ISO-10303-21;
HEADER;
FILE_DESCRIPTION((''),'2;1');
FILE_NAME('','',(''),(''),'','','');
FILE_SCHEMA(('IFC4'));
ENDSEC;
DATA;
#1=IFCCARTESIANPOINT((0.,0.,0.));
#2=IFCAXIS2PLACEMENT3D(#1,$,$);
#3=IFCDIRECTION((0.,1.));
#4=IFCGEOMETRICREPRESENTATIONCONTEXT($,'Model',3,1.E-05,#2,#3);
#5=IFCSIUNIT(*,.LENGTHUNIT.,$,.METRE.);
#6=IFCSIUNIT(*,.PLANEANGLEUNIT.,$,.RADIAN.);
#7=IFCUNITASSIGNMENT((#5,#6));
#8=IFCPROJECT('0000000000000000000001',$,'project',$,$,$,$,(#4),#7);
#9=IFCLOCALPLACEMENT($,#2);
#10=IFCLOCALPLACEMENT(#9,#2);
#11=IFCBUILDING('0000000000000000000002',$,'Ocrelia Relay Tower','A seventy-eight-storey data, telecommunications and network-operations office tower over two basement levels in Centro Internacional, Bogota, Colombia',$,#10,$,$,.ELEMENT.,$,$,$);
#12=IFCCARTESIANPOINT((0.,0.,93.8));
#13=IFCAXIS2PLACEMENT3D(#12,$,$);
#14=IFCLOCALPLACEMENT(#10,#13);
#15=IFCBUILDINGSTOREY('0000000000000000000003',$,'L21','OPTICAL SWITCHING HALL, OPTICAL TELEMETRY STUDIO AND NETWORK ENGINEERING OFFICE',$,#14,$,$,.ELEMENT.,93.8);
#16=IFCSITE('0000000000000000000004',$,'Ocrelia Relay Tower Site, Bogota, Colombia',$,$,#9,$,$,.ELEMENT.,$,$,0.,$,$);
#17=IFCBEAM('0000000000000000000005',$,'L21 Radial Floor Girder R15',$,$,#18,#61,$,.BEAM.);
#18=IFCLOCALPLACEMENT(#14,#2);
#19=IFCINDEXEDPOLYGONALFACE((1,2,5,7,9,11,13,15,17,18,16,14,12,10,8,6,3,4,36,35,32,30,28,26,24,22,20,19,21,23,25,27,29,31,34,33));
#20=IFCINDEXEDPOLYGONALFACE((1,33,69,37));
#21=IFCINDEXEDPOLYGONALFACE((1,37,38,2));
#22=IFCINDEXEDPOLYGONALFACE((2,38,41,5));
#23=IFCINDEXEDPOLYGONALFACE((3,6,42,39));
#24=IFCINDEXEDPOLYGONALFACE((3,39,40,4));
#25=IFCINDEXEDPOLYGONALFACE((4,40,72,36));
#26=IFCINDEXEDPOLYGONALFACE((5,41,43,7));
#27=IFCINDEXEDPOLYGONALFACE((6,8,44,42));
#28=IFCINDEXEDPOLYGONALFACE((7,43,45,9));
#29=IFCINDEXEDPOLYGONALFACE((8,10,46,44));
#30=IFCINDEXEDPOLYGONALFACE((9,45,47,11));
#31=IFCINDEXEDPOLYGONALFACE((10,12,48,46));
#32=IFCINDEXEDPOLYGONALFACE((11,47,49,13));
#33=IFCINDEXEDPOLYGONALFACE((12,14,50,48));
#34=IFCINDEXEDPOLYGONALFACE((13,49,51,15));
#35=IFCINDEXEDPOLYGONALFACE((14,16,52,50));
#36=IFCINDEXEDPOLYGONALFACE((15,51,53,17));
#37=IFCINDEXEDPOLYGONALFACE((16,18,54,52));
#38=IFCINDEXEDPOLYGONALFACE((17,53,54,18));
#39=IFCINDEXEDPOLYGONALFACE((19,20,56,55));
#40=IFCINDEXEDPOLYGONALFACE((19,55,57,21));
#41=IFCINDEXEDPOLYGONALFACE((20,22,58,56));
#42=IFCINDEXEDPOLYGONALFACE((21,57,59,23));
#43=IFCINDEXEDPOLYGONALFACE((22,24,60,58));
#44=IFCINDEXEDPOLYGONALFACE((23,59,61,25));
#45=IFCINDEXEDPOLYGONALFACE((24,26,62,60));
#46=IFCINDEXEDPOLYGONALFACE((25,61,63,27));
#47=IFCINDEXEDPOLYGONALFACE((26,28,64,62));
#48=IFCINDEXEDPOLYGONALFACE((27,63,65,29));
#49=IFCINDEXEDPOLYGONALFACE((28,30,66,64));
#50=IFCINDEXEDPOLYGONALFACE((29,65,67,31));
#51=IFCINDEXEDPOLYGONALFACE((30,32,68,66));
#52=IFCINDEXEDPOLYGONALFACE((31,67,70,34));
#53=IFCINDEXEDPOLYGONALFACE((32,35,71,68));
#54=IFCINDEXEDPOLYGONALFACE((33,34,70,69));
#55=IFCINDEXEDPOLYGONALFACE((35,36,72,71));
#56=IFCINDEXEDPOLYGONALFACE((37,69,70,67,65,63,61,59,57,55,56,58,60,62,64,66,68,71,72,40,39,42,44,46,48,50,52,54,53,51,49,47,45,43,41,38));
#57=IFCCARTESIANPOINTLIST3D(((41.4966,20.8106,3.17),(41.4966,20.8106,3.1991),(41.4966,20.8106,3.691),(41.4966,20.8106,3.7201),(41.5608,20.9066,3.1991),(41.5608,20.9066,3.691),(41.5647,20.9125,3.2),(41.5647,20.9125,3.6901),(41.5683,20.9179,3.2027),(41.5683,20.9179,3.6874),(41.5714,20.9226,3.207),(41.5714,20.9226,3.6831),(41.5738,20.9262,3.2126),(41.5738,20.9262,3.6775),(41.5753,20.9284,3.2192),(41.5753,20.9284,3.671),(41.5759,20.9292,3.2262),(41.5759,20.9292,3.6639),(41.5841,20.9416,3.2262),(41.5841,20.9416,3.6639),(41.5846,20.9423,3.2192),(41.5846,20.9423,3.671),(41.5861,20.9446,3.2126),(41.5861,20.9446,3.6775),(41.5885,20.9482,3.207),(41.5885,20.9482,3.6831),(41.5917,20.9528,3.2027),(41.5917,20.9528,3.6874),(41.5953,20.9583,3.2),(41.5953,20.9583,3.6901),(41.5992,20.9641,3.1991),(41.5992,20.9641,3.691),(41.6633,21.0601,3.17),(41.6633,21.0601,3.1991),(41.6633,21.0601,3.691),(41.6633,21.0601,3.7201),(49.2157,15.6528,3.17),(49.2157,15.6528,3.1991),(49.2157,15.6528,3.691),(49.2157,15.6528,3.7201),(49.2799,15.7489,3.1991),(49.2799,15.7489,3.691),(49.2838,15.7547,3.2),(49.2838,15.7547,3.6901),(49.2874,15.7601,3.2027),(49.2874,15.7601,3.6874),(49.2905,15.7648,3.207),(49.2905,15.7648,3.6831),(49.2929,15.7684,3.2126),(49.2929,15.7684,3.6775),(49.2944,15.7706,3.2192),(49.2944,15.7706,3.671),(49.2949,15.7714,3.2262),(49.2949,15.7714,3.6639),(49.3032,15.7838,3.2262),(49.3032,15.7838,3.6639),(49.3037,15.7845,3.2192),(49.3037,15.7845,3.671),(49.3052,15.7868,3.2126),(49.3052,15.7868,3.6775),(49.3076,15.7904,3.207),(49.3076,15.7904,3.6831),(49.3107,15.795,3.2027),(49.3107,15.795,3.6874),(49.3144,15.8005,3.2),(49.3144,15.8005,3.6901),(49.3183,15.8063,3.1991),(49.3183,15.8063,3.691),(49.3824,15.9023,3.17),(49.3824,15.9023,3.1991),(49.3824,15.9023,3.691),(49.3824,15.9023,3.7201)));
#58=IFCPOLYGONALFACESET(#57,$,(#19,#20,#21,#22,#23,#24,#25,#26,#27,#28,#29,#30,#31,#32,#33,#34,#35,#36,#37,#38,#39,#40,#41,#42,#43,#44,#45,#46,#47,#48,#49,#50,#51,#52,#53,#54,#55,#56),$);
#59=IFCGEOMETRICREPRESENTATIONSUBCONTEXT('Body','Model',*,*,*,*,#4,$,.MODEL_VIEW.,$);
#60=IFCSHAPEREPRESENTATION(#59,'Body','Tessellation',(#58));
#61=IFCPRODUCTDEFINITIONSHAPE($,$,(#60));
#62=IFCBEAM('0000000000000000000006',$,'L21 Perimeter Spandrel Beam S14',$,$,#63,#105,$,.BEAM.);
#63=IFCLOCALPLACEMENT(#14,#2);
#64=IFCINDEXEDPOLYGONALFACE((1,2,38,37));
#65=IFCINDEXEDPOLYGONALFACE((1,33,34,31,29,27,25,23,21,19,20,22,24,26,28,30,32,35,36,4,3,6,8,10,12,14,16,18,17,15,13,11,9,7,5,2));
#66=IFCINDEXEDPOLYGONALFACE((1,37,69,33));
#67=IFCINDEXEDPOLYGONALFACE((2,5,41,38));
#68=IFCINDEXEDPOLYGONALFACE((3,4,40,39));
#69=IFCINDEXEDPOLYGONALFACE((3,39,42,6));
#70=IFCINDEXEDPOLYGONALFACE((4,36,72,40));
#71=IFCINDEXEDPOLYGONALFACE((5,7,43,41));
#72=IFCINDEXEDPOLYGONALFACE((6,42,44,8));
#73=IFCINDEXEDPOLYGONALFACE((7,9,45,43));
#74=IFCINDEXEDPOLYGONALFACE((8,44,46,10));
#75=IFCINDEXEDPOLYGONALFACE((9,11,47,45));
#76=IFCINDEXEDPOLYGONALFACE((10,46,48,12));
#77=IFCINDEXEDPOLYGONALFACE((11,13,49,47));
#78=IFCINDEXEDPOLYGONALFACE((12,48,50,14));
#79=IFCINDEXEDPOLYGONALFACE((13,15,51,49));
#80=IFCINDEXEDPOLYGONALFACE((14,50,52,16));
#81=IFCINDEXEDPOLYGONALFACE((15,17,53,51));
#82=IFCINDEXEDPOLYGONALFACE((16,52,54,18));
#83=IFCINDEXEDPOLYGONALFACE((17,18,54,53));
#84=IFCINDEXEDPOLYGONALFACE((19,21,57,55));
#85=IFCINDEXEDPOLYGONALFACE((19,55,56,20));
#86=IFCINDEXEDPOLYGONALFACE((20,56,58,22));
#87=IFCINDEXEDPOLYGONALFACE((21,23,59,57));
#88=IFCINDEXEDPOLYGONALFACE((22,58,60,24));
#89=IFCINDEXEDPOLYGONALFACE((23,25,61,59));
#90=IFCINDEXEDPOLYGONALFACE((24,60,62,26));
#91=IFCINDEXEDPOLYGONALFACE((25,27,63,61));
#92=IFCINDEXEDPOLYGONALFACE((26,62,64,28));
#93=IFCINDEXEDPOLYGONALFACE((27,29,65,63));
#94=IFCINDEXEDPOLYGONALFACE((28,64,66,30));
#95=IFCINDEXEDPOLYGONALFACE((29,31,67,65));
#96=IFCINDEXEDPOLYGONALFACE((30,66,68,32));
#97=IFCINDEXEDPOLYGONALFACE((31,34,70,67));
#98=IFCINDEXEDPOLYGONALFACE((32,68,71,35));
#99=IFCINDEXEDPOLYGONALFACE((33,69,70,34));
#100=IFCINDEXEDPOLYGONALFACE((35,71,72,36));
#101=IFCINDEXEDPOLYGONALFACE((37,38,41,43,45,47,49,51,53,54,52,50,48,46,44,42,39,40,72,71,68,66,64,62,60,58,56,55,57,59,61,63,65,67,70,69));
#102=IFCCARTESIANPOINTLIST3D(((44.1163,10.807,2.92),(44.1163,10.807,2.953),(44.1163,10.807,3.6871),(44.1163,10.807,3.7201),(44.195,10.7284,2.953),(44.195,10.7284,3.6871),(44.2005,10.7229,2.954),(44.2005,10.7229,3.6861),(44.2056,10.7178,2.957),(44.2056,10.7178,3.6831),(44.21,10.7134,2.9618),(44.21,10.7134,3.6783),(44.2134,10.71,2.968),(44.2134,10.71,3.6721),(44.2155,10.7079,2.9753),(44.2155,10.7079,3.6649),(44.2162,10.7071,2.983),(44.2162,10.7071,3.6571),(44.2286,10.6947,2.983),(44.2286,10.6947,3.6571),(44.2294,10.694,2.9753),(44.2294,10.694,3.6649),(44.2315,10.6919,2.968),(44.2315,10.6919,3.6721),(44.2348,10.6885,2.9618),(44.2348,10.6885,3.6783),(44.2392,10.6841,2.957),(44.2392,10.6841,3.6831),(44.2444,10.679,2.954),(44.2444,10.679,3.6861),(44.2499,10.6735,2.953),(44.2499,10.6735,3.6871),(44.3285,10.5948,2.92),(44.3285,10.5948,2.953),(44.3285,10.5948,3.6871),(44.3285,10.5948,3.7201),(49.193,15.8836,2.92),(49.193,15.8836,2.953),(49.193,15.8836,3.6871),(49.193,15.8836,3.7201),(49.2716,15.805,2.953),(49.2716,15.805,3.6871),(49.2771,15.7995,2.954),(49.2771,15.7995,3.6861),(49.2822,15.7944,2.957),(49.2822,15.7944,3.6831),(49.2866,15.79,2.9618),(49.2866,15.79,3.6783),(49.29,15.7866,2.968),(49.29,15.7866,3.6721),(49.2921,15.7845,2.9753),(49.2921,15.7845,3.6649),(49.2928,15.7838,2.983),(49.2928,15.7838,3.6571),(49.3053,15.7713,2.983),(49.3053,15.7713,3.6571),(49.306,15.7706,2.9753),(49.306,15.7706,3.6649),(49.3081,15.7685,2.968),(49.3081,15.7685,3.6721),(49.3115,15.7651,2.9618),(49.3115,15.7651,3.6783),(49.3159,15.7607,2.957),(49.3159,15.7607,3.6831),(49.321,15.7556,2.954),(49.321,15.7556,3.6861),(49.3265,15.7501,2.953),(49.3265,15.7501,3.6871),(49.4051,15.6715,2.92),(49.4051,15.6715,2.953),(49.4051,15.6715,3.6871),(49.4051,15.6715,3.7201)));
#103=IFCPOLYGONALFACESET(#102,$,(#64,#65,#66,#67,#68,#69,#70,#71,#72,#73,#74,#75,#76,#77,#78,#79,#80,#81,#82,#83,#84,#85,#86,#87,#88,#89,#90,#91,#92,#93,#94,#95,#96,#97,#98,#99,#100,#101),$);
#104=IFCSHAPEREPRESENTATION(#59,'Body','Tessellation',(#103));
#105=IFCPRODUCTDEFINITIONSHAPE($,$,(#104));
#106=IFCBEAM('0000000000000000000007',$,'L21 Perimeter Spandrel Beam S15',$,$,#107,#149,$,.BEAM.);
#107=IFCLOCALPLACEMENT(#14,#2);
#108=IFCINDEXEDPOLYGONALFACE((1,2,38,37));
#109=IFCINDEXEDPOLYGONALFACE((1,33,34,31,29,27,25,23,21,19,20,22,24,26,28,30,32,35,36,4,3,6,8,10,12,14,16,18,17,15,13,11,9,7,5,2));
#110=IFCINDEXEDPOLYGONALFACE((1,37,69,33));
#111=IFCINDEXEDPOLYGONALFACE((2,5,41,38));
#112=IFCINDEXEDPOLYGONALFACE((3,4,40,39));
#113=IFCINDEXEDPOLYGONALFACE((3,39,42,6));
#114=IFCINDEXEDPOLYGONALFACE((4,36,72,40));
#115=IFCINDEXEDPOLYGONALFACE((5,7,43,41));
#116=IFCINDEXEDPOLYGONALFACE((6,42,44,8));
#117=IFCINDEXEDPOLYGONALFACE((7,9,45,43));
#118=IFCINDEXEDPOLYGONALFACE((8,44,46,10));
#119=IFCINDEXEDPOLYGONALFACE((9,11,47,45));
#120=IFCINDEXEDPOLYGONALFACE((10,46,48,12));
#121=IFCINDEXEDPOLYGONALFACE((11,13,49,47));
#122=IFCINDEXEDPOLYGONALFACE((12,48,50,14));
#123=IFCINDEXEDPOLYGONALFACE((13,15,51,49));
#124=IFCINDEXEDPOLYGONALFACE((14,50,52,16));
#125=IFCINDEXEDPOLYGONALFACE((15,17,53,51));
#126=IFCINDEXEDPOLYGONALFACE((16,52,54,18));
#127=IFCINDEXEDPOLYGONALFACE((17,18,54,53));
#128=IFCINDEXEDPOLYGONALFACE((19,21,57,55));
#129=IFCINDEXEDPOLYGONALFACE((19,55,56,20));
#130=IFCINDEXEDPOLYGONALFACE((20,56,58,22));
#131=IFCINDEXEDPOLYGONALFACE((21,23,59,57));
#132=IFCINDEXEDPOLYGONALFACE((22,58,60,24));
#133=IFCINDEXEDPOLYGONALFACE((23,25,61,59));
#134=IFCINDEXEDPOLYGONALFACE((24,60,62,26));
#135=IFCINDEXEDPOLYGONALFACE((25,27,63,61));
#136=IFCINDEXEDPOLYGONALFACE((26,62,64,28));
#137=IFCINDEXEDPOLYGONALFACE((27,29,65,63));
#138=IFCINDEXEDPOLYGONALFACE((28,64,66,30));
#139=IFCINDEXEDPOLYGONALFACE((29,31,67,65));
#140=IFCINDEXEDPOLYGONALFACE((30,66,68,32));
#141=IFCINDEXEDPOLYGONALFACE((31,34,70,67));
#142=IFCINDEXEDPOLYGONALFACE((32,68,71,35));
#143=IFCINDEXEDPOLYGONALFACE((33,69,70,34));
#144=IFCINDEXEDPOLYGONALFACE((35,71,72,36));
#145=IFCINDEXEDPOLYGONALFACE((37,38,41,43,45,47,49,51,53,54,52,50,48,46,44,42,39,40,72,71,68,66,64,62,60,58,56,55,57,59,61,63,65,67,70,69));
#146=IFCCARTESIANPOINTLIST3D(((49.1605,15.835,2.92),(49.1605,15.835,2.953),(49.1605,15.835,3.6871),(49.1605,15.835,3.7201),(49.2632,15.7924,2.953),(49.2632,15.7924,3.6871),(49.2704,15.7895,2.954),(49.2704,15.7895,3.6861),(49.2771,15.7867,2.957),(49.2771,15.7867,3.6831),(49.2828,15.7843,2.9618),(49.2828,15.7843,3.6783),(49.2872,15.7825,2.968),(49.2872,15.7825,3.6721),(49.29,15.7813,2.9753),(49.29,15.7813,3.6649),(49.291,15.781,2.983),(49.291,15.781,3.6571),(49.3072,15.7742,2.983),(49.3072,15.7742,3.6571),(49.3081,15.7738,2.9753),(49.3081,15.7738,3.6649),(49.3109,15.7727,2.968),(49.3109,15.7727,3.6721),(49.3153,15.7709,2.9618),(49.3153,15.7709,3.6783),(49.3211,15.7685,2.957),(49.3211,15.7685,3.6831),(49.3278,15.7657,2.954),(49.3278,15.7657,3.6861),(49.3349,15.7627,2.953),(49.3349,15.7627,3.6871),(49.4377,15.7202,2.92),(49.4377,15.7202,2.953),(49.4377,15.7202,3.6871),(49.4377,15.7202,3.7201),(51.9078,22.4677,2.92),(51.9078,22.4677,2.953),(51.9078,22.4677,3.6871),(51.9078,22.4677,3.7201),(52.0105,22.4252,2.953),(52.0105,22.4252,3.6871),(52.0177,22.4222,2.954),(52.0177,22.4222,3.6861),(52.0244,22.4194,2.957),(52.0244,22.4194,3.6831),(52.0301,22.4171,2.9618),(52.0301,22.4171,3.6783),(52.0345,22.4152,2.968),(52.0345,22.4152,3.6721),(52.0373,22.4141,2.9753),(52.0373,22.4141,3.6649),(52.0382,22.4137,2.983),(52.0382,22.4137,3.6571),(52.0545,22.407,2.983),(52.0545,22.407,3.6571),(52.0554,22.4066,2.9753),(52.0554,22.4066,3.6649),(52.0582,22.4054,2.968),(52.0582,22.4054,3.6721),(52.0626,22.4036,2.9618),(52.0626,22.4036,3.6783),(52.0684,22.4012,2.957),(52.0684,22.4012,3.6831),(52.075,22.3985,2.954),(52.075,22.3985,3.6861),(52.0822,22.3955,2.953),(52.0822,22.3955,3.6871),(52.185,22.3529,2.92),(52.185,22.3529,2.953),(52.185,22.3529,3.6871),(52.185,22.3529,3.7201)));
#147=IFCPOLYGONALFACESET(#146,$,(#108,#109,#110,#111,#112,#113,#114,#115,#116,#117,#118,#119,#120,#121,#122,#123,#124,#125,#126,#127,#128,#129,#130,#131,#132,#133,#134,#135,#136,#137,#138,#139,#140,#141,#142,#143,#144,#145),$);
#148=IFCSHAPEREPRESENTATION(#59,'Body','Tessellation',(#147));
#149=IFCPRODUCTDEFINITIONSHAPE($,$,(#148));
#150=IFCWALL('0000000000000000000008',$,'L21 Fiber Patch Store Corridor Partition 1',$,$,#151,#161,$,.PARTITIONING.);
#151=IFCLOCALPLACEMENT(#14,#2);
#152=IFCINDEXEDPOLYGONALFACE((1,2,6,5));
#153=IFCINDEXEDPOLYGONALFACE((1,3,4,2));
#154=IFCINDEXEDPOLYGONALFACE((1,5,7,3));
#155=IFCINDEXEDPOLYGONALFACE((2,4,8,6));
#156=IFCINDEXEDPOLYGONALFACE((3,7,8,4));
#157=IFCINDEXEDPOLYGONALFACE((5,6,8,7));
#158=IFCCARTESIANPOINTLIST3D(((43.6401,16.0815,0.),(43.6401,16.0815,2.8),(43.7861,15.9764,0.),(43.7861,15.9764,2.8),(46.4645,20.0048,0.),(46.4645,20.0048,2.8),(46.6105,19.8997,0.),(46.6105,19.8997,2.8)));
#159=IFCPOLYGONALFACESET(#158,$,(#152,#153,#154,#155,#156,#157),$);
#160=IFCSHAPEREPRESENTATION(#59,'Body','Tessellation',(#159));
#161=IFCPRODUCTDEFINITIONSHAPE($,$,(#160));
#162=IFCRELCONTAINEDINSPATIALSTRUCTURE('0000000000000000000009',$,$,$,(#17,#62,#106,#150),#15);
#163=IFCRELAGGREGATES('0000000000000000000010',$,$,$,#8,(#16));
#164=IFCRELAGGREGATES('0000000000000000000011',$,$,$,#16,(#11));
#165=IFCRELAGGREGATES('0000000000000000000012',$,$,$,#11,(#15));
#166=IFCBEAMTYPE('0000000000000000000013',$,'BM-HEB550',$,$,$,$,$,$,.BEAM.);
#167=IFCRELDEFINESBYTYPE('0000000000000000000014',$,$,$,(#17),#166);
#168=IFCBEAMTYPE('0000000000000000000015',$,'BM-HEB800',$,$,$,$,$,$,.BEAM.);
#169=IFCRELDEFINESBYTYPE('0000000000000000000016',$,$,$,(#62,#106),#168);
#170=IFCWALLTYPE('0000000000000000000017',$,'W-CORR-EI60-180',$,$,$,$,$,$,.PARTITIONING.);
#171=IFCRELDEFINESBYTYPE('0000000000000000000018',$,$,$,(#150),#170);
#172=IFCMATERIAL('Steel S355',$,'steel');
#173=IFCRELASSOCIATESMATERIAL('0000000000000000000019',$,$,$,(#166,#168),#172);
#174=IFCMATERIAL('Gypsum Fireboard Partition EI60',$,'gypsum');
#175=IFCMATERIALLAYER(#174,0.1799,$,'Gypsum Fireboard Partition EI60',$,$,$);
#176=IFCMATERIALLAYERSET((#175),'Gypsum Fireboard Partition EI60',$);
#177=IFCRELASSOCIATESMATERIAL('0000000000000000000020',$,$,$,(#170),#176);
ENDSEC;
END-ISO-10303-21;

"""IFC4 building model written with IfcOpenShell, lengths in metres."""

from ifc_helpers import new_model, si_unit, direction, frame, frame_2d, origin, origin_2d, place, context, subcontext, project, spatial, rectangle, i_section, extrude, material, layer, layer_set, material_profile, profile_set, type_object, element, save


model = new_model("IFC4")

# Units and contexts
model_context = context("Model", 3, precision=1e-05, world=origin(), true_north=direction((0.0, 1.0)))
body_context = subcontext(model_context, "Body", "Model", "MODEL_VIEW")
ifc_project = project(units=[si_unit("LENGTHUNIT", "METRE"), si_unit("PLANEANGLEUNIT", "RADIAN")], contexts=[model_context])

# Site, building, storey
site_placement = place(None, origin())
site = spatial("IfcSite", under=ifc_project, at=site_placement, Name="Ocrelia Relay Tower Site, Bogota, Colombia", CompositionType="ELEMENT", RefElevation=0.0)
building_placement = place(site_placement, origin())
building = spatial("IfcBuilding", under=site, at=building_placement, Name="Ocrelia Relay Tower", Description="A seventy-eight-storey data, telecommunications and network-operations office tower over two basement levels in Centro Internacional, Bogota, Colombia", CompositionType="ELEMENT")
storey_placement = place(building_placement, frame((0.0, 0.0, 93.8)))
storey = spatial("IfcBuildingStorey", under=building, at=storey_placement, Name="L21", Description="OPTICAL SWITCHING HALL, OPTICAL TELEMETRY STUDIO AND NETWORK ENGINEERING OFFICE", CompositionType="ELEMENT", Elevation=93.8)

# Beams
ifc_material_1 = material(Name="Steel S355", Category="steel")
ifc_material_profile_1 = material_profile(ifc_material_1, i_section(OverallWidth=0.3, OverallDepth=0.55, WebThickness=0.0149, FlangeThickness=0.0291, FilletRadius=0.0271, at=origin_2d()), Name="HEB 550")
ifc_profile_set_1 = profile_set([ifc_material_profile_1], Name="Steel S355")
beam_type_1 = type_object("IfcBeamType", Name="BM-HEB550", PredefinedType="BEAM", material=ifc_profile_set_1)
beam_1_placement = place(storey_placement, frame((49.2991, 15.7776, 3.4451), z_axis=(-0.831467, 0.555574, 0.0), x_axis=(-0.555574, -0.831467, 0.0)))
element("IfcBeam", 1, at=beam_1_placement, inside=storey, type_object=beam_type_1, Name="L21 Radial Floor Girder R15", PredefinedType="BEAM", context=body_context, shape_type="SweptSolid", body=[
    extrude(i_section(OverallWidth=0.3, OverallDepth=0.55, WebThickness=0.0149, FlangeThickness=0.0291, FilletRadius=0.0271, at=origin_2d()), origin(), (0.0, 0.0, 1.0), 9.2837),
])
ifc_material_profile_2 = material_profile(ifc_material_1, i_section(OverallWidth=0.3, OverallDepth=0.8, WebThickness=0.0176, FlangeThickness=0.033, FilletRadius=0.03, at=origin_2d()), Name="HEB 800")
ifc_profile_set_2 = profile_set([ifc_material_profile_2], Name="Steel S355")
beam_type_2 = type_object("IfcBeamType", Name="BM-HEB800", PredefinedType="BEAM", material=ifc_profile_set_2)
beam_2_placement = place(storey_placement, frame((44.2224, 10.7009, 3.3201), z_axis=(0.707107, 0.707107, 0.0), x_axis=(-0.707107, 0.707107, 0.0)))
element("IfcBeam", 2, at=beam_2_placement, inside=storey, type_object=beam_type_2, Name="L21 Perimeter Spandrel Beam S14", PredefinedType="BEAM", context=body_context, shape_type="SweptSolid", body=[
    extrude(i_section(OverallWidth=0.3, OverallDepth=0.8, WebThickness=0.0176, FlangeThickness=0.033, FilletRadius=0.03, at=origin_2d()), origin(), (0.0, 0.0, 1.0), 7.1794),
])
beam_3_placement = place(storey_placement, frame((49.2991, 15.7776, 3.3201), z_axis=(0.382673, 0.923884, 0.0), x_axis=(-0.923884, 0.382673, 0.0)))
element("IfcBeam", 3, at=beam_3_placement, inside=storey, type_object=beam_type_2, Name="L21 Perimeter Spandrel Beam S15", PredefinedType="BEAM", context=body_context, shape_type="SweptSolid", body=[
    extrude(i_section(OverallWidth=0.3, OverallDepth=0.8, WebThickness=0.0176, FlangeThickness=0.033, FilletRadius=0.03, at=origin_2d()), origin(), (0.0, 0.0, 1.0), 7.1792),
])

# Wall
ifc_material_2 = material(Name="Gypsum Fireboard Partition EI60", Category="gypsum")
ifc_layer_1 = layer(ifc_material_2, 0.1799, Name="Gypsum Fireboard Partition EI60")
ifc_layer_set_1 = layer_set([ifc_layer_1], Name="Gypsum Fireboard Partition EI60")
wall_type_1 = type_object("IfcWallType", Name="W-CORR-EI60-180", PredefinedType="PARTITIONING", material=ifc_layer_set_1)
wall_1_placement = place(storey_placement, frame((43.7131, 16.0291, 0.0), z_axis=(0.0, 0.0, 1.0), x_axis=(0.584258, 0.811568, 0.0)))
element("IfcWall", 4, at=wall_1_placement, inside=storey, type_object=wall_type_1, Name="L21 Fiber Patch Store Corridor Partition 1", PredefinedType="PARTITIONING", context=body_context, shape_type="SweptSolid", body=[
    extrude(rectangle(XDim=4.8342, YDim=0.1799, at=frame_2d((2.417, 0.0))), origin(), (0.0, 0.0, 1.0), 2.8),
])

save(model, "model.ifc")
